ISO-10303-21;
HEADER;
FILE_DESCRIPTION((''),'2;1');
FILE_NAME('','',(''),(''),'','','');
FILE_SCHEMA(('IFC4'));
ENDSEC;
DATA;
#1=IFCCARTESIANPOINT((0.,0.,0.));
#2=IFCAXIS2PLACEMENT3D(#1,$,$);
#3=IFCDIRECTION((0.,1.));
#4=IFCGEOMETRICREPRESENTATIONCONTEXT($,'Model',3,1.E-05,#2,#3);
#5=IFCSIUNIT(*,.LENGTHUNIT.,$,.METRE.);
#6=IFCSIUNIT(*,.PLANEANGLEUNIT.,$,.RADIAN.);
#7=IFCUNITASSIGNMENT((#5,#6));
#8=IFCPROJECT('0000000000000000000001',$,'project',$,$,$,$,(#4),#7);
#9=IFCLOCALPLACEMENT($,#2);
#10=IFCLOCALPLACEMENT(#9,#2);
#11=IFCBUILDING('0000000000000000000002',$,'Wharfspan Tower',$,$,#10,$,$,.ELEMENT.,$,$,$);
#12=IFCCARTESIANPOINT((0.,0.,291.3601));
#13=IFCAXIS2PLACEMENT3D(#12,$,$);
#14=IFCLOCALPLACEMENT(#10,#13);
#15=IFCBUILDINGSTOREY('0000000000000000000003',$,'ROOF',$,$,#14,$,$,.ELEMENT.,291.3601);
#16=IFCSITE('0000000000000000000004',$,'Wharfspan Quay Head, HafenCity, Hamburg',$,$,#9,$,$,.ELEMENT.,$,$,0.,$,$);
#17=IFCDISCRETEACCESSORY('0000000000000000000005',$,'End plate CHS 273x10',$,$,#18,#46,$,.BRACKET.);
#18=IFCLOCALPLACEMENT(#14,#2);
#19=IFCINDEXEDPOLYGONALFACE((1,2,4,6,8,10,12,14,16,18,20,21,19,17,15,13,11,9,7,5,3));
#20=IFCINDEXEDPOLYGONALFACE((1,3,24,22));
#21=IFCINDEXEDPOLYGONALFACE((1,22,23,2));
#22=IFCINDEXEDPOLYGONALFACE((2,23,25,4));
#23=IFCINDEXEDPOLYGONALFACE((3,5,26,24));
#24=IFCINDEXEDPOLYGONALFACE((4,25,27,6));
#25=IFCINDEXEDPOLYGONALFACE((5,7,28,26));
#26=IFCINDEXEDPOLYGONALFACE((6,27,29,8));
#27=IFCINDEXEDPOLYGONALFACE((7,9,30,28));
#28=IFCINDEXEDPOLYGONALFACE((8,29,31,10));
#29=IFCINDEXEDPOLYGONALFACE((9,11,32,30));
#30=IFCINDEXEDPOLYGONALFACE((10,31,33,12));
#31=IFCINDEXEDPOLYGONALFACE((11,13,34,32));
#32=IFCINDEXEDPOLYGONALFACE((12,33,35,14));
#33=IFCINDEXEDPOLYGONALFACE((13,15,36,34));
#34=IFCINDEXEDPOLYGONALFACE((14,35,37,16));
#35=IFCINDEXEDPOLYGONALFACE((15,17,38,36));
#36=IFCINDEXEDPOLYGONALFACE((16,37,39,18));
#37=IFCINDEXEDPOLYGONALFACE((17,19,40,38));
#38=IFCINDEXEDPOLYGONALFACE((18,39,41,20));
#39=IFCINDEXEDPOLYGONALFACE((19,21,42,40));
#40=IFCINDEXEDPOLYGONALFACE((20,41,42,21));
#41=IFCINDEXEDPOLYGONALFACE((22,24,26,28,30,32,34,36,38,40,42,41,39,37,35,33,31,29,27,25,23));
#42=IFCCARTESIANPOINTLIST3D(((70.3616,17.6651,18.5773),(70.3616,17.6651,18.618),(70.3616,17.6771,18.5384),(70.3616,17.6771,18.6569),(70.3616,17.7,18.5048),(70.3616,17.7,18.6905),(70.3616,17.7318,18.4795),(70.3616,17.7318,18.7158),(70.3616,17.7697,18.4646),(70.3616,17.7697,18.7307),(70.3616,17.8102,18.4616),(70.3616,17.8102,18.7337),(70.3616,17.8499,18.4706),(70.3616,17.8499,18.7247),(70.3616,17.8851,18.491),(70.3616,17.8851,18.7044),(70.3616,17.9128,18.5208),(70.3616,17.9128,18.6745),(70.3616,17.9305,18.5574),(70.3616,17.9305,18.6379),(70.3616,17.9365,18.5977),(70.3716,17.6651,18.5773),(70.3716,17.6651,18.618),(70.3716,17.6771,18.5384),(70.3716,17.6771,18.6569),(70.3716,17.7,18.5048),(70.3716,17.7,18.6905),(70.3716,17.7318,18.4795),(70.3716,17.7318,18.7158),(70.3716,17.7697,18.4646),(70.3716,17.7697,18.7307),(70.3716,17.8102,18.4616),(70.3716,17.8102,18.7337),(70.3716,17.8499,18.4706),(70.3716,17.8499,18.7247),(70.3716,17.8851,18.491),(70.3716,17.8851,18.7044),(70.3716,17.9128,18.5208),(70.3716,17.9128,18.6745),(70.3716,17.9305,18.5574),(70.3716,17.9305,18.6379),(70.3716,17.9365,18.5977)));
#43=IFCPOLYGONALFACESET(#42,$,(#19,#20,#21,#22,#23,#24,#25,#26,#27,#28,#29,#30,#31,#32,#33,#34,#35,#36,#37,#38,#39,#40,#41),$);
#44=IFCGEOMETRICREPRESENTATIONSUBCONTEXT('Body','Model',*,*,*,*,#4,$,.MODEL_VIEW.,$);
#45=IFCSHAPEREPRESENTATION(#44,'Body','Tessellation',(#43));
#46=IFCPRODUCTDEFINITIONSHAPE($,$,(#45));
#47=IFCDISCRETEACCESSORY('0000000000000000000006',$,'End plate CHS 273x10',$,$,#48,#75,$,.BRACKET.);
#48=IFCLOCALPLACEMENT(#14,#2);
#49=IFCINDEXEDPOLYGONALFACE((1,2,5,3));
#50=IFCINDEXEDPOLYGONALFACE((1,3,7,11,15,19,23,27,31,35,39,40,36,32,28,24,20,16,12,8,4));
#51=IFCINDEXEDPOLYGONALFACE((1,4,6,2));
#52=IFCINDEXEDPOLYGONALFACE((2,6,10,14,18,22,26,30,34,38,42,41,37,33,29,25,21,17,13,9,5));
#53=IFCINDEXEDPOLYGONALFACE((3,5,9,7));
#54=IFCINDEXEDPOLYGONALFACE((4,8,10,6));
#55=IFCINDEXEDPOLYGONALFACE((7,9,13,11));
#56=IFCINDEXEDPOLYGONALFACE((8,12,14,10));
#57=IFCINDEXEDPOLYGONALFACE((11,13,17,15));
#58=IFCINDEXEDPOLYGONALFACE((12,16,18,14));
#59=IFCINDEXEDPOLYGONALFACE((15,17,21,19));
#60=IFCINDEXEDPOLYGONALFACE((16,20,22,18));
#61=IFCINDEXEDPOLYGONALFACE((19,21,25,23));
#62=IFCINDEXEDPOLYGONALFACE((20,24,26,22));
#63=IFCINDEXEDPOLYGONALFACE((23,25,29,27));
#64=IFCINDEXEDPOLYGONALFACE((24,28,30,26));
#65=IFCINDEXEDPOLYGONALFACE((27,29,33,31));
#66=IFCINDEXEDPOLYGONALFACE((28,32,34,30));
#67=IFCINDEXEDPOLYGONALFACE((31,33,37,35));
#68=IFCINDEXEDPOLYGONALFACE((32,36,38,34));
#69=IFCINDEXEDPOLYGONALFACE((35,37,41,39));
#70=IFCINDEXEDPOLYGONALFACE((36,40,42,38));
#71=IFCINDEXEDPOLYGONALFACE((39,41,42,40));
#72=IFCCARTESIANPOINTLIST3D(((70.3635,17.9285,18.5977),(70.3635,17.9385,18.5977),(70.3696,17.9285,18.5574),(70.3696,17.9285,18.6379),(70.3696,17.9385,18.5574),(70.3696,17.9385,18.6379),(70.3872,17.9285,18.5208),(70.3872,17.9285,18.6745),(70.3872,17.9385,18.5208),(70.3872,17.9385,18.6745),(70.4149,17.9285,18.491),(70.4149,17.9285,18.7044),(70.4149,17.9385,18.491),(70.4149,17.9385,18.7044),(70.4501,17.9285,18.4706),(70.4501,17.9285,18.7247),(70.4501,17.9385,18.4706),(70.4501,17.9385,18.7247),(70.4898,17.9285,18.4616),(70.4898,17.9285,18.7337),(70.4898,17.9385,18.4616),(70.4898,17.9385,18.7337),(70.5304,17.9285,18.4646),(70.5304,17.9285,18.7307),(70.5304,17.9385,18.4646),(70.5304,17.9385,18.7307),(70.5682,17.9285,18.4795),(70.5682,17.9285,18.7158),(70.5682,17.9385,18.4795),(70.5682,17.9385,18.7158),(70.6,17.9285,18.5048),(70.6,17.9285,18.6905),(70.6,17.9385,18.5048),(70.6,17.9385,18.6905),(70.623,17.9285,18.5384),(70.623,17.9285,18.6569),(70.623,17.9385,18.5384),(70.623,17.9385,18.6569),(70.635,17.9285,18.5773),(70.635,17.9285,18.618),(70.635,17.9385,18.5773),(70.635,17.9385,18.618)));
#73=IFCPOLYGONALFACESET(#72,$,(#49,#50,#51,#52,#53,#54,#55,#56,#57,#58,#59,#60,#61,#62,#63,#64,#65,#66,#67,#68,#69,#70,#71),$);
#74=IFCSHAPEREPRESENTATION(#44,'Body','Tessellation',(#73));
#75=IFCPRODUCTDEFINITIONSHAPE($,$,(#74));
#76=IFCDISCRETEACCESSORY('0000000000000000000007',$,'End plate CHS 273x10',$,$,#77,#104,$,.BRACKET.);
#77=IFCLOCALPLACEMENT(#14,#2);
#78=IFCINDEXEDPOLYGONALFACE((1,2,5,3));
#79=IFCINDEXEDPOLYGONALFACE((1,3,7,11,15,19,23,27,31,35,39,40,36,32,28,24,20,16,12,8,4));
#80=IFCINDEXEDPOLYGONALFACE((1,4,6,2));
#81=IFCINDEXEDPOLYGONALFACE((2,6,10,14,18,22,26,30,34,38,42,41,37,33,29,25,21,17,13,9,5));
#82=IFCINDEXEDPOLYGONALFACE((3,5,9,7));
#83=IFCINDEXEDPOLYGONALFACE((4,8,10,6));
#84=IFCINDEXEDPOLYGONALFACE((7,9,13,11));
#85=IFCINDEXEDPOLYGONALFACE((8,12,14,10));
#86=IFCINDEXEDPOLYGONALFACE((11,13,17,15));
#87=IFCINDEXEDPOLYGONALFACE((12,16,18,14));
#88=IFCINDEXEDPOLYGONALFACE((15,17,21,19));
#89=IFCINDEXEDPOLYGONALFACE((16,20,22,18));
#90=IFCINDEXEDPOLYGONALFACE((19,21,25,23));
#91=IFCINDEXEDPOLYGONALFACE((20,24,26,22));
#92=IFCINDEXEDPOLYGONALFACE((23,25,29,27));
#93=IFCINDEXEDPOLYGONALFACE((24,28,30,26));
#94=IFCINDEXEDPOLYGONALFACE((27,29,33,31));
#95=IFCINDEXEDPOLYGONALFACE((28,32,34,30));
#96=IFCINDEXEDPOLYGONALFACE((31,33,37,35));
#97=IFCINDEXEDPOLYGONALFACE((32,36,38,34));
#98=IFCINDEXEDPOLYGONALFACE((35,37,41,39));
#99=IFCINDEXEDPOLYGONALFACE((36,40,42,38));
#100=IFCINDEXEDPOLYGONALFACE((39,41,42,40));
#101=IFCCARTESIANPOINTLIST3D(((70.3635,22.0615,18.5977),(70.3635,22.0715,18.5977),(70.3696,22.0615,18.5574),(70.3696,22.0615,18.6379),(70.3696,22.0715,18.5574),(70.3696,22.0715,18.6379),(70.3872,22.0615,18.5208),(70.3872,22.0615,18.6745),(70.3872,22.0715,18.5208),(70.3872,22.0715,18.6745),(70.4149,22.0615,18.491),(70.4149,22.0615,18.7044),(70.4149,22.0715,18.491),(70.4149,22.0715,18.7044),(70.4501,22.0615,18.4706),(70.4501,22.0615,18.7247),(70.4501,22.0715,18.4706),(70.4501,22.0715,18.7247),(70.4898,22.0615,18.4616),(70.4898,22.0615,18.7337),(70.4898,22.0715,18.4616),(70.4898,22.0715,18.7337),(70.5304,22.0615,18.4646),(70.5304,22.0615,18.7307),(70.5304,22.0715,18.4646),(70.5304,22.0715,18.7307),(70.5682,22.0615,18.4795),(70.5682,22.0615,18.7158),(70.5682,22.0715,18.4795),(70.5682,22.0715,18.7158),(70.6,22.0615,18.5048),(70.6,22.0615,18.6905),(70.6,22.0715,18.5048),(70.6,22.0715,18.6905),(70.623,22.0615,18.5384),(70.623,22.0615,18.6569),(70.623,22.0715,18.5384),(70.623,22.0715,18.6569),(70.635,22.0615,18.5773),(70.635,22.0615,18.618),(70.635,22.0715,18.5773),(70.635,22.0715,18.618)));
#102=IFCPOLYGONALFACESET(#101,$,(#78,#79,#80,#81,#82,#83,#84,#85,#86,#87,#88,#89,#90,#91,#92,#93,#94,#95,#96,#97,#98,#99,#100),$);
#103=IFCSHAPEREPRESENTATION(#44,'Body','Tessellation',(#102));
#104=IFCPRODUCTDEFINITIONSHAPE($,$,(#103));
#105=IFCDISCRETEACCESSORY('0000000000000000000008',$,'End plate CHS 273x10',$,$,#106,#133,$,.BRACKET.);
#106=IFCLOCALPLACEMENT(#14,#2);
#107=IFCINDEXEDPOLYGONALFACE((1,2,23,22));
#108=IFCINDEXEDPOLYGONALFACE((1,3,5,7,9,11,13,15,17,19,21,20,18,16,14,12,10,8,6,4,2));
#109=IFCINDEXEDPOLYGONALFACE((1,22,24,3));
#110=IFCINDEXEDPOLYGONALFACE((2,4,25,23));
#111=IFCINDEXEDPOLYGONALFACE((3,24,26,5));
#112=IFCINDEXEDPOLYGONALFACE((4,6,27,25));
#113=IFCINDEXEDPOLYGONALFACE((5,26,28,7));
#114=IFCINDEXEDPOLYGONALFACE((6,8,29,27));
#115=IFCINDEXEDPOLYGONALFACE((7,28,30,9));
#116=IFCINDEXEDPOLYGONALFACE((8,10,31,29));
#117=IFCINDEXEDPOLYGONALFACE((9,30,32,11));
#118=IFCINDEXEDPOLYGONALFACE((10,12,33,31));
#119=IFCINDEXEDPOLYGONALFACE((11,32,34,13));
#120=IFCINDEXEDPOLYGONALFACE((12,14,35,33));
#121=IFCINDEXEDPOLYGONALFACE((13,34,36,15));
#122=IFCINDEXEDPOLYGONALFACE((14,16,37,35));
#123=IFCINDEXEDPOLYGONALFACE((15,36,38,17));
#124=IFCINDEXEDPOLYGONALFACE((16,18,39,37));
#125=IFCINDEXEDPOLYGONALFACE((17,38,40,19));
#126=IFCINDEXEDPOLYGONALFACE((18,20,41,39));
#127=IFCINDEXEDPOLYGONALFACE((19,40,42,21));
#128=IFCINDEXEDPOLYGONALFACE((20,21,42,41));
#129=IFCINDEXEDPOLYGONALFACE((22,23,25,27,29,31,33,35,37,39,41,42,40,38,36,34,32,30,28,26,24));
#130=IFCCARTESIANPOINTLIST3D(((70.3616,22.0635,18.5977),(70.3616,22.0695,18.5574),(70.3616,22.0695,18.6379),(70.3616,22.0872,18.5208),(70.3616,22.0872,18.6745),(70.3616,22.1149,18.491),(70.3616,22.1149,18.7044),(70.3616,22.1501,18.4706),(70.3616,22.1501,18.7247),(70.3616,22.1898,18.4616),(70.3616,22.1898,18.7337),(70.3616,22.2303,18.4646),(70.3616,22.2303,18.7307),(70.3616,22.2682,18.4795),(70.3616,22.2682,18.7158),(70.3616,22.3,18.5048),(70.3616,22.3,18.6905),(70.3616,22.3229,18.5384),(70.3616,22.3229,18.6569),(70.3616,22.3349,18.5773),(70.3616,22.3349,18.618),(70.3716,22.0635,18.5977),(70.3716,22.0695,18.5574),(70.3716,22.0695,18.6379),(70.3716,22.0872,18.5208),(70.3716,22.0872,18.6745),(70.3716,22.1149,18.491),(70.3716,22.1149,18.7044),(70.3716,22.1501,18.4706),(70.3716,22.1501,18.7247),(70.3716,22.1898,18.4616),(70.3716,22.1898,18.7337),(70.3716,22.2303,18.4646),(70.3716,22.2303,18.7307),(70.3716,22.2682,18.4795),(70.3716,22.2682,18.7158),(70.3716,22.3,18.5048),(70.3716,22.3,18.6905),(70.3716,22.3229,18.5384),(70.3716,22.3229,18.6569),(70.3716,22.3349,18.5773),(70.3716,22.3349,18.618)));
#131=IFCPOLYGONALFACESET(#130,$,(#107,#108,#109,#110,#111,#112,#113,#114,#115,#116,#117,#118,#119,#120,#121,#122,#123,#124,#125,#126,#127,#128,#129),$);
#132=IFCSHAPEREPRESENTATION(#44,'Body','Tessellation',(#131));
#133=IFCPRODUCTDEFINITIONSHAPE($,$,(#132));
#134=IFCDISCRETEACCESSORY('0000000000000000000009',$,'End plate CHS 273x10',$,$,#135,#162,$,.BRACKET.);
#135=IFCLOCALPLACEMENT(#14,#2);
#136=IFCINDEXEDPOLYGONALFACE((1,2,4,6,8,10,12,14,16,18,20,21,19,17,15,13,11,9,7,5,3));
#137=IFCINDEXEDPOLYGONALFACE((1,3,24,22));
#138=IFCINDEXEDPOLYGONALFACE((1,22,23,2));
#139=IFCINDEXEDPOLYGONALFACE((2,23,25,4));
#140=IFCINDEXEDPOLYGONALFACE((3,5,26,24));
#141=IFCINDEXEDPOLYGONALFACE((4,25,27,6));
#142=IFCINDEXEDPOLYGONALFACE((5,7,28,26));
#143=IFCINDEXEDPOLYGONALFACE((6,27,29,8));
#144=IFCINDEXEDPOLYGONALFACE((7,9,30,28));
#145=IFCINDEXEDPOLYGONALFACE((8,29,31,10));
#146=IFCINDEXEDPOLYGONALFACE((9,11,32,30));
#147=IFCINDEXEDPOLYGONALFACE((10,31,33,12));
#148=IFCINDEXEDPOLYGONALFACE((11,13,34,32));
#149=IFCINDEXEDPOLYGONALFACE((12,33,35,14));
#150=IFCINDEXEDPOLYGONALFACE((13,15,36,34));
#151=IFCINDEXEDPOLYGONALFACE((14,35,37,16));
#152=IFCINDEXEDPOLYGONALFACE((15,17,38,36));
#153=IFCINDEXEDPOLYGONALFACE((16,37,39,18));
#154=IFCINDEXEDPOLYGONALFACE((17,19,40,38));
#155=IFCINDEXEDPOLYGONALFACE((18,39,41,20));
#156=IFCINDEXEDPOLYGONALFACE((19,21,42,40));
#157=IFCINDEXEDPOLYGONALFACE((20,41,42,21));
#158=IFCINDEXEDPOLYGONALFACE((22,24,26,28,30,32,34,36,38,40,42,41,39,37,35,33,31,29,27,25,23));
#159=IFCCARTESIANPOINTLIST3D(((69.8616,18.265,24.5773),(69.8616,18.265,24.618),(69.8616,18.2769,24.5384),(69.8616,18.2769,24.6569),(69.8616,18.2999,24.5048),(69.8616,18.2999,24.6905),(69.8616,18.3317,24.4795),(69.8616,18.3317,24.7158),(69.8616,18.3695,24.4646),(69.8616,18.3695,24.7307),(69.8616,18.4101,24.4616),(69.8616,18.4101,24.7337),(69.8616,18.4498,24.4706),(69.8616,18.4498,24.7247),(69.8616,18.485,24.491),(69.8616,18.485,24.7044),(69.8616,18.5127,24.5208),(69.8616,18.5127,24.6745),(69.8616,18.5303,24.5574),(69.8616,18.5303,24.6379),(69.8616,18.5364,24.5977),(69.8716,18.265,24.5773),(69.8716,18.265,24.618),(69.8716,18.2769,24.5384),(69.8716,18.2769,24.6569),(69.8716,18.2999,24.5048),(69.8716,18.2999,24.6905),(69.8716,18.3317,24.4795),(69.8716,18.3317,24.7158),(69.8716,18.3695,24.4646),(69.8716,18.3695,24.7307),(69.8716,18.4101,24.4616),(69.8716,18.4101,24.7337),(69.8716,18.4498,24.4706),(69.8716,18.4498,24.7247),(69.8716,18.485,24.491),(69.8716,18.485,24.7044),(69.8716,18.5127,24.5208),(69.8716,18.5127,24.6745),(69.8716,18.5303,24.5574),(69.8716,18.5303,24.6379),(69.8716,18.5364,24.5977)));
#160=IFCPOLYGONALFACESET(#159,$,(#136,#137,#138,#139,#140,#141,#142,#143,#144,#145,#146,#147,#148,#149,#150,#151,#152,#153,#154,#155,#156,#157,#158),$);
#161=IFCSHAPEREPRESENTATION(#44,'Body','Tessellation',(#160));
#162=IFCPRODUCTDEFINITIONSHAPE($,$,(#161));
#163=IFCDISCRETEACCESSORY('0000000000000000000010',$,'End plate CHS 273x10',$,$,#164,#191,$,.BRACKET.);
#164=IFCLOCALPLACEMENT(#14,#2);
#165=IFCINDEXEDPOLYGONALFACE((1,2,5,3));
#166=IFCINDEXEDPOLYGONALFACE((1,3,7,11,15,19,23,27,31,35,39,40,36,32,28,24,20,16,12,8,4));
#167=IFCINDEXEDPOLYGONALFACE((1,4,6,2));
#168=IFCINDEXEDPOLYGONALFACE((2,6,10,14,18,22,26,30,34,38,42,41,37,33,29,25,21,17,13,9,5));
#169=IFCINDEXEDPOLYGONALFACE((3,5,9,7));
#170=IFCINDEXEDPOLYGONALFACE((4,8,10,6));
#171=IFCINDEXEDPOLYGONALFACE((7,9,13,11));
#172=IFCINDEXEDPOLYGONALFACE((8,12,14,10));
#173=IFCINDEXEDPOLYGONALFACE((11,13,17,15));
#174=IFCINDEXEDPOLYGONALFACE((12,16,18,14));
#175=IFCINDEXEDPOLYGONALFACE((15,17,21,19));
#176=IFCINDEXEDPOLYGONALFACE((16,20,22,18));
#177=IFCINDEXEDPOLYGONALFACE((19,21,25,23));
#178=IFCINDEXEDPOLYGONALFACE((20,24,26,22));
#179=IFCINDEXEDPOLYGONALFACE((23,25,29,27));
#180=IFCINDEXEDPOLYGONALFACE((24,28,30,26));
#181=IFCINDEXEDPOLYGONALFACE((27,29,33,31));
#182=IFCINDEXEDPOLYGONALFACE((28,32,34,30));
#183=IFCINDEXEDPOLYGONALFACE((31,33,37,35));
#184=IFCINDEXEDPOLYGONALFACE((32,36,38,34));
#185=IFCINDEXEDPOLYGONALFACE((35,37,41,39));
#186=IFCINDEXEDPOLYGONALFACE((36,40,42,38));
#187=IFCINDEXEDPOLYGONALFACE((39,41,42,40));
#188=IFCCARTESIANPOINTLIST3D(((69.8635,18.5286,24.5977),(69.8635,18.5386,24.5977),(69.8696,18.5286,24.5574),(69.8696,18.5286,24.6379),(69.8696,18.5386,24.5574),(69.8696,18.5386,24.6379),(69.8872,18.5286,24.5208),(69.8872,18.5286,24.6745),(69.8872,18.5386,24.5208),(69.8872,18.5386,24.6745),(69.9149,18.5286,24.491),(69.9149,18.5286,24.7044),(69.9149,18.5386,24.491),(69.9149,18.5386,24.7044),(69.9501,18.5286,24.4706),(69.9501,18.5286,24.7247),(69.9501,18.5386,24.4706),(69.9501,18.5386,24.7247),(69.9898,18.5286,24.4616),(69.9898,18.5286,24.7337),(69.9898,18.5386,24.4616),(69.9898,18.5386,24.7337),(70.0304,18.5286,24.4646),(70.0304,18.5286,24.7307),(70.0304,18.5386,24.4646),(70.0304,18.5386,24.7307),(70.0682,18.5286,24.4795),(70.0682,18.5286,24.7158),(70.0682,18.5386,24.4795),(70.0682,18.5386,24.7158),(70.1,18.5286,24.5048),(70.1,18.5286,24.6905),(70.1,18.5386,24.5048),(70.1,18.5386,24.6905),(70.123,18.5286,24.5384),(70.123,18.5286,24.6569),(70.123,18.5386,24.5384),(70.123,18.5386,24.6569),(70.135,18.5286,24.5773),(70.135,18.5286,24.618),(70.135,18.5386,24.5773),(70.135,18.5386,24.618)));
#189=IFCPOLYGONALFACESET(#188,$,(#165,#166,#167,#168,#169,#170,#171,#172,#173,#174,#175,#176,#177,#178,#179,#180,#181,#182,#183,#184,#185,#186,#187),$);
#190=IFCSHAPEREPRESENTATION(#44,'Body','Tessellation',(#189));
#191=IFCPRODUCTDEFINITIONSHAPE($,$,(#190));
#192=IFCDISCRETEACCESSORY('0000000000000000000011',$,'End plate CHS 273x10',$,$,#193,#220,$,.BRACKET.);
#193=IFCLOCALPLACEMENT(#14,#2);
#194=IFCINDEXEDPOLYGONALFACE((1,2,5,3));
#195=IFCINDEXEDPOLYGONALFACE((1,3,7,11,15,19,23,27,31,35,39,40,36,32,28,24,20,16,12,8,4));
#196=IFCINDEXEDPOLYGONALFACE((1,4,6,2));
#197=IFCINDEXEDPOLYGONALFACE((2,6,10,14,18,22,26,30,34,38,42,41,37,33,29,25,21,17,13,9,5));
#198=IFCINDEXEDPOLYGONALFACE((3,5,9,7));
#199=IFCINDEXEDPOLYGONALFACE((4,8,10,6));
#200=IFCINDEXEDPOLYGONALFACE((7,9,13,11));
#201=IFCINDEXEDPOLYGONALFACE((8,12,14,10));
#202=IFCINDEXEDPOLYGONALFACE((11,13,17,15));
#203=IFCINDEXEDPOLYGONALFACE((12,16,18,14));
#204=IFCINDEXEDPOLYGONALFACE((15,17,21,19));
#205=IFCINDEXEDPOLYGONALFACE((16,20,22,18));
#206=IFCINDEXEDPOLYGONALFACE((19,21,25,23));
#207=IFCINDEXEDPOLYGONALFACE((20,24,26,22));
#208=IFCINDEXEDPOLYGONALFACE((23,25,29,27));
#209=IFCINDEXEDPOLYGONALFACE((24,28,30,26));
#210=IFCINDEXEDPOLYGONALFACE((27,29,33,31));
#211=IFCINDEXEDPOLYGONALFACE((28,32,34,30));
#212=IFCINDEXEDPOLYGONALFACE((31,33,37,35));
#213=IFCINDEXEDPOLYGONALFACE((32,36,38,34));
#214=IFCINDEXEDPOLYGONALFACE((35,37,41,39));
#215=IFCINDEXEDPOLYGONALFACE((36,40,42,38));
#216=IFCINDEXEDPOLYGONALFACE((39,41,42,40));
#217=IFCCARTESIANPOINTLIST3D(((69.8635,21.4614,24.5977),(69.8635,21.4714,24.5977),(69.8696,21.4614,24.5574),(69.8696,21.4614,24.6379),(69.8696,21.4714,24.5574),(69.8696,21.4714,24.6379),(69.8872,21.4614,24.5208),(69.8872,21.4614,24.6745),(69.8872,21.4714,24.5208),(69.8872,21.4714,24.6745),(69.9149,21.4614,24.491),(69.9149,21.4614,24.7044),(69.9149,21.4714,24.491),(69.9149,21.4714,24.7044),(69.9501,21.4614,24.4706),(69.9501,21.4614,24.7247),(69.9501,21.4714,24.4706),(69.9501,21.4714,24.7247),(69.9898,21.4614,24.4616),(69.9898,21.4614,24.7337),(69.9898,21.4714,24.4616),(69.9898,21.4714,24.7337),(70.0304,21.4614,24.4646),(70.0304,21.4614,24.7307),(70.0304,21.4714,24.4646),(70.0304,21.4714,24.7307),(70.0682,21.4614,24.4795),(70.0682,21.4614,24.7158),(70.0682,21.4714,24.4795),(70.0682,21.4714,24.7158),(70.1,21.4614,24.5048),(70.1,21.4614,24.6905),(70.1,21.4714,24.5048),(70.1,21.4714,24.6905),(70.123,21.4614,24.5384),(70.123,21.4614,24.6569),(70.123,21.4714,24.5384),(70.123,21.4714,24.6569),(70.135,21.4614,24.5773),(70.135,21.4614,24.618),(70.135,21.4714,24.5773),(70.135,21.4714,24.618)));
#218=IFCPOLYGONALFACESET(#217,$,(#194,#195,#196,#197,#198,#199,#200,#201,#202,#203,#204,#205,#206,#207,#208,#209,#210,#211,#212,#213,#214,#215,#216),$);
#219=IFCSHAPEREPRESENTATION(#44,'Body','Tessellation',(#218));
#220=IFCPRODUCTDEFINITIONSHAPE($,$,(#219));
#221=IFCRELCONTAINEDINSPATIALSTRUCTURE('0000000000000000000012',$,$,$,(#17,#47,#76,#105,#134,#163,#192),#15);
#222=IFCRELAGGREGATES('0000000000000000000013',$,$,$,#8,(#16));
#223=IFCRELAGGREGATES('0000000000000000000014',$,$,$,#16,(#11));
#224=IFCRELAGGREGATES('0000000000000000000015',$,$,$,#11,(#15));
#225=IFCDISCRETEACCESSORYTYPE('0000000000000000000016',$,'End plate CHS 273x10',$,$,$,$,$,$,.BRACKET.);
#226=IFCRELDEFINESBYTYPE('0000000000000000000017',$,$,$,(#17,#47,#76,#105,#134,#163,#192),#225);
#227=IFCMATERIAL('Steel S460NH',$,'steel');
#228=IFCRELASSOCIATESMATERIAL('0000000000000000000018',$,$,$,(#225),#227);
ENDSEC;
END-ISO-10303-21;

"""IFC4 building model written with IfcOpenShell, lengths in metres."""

from ifc_helpers import new_model, si_unit, direction, frame, origin, origin_2d, place, context, subcontext, project, spatial, circle, extrude, material, material_profile, profile_set, type_object, element, save


model = new_model("IFC4")

# Units and contexts
model_context = context("Model", 3, precision=1e-05, world=origin(), true_north=direction((0.0, 1.0)))
body_context = subcontext(model_context, "Body", "Model", "MODEL_VIEW")
ifc_project = project(units=[si_unit("LENGTHUNIT", "METRE"), si_unit("PLANEANGLEUNIT", "RADIAN")], contexts=[model_context])

# Site, building, storey
site_placement = place(None, origin())
site = spatial("IfcSite", under=ifc_project, at=site_placement, Name="Wharfspan Quay Head, HafenCity, Hamburg", CompositionType="ELEMENT", RefElevation=0.0)
building_placement = place(site_placement, origin())
building = spatial("IfcBuilding", under=site, at=building_placement, Name="Wharfspan Tower", CompositionType="ELEMENT")
storey_placement = place(building_placement, frame((0.0, 0.0, 291.3601)))
storey = spatial("IfcBuildingStorey", under=building, at=storey_placement, Name="ROOF", CompositionType="ELEMENT", Elevation=291.3601)

# Shared definitions
ifc_material = material(Name="Steel S460NH", Category="steel")

# Discrete accessories
ifc_material_profile_1 = material_profile(ifc_material, circle(Radius=0.1365, at=origin_2d()))
ifc_profile_set_1 = profile_set([ifc_material_profile_1], Name="Steel S460NH")
discrete_accessory_type_1 = type_object("IfcDiscreteAccessoryType", Name="End plate CHS 273x10", PredefinedType="BRACKET", material=ifc_profile_set_1)
for number, where, z_axis, x_axis, name in (
    (1, (70.3616, 17.8, 18.5977), (1.0, 0.0, 0.0), (0.0, 1.0, 0.0), "End plate CHS 273x10"),
    (2, (70.5, 17.9285, 18.5977), (0.0, 1.0, 0.0), (-1.0, 0.0, 0.0), "End plate CHS 273x10"),
    (3, (70.5, 22.0615, 18.5977), (0.0, 1.0, 0.0), (-1.0, 0.0, 0.0), "End plate CHS 273x10"),
    (4, (70.3716, 22.2, 18.5977), (-1.0, 0.0, 0.0), (0.0, -1.0, 0.0), "End plate CHS 273x10"),
    (5, (69.8616, 18.3999, 24.5977), (1.0, 0.0, 0.0), (0.0, 1.0, 0.0), "End plate CHS 273x10"),
    (6, (70.0, 18.5286, 24.5977), (0.0, 1.0, 0.0), (-1.0, 0.0, 0.0), "End plate CHS 273x10"),
    (7, (70.0, 21.4614, 24.5977), (0.0, 1.0, 0.0), (-1.0, 0.0, 0.0), "End plate CHS 273x10"),
):
    element("IfcDiscreteAccessory", number, at=place(storey_placement, frame(where, z_axis=z_axis, x_axis=x_axis)), inside=storey, type_object=discrete_accessory_type_1, Name=name, PredefinedType="BRACKET", context=body_context, shape_type="SweptSolid", body=[
        extrude(circle(Radius=0.1365, at=origin_2d()), origin(), (0.0, 0.0, 1.0), 0.01),
    ])

save(model, "model.ifc")
